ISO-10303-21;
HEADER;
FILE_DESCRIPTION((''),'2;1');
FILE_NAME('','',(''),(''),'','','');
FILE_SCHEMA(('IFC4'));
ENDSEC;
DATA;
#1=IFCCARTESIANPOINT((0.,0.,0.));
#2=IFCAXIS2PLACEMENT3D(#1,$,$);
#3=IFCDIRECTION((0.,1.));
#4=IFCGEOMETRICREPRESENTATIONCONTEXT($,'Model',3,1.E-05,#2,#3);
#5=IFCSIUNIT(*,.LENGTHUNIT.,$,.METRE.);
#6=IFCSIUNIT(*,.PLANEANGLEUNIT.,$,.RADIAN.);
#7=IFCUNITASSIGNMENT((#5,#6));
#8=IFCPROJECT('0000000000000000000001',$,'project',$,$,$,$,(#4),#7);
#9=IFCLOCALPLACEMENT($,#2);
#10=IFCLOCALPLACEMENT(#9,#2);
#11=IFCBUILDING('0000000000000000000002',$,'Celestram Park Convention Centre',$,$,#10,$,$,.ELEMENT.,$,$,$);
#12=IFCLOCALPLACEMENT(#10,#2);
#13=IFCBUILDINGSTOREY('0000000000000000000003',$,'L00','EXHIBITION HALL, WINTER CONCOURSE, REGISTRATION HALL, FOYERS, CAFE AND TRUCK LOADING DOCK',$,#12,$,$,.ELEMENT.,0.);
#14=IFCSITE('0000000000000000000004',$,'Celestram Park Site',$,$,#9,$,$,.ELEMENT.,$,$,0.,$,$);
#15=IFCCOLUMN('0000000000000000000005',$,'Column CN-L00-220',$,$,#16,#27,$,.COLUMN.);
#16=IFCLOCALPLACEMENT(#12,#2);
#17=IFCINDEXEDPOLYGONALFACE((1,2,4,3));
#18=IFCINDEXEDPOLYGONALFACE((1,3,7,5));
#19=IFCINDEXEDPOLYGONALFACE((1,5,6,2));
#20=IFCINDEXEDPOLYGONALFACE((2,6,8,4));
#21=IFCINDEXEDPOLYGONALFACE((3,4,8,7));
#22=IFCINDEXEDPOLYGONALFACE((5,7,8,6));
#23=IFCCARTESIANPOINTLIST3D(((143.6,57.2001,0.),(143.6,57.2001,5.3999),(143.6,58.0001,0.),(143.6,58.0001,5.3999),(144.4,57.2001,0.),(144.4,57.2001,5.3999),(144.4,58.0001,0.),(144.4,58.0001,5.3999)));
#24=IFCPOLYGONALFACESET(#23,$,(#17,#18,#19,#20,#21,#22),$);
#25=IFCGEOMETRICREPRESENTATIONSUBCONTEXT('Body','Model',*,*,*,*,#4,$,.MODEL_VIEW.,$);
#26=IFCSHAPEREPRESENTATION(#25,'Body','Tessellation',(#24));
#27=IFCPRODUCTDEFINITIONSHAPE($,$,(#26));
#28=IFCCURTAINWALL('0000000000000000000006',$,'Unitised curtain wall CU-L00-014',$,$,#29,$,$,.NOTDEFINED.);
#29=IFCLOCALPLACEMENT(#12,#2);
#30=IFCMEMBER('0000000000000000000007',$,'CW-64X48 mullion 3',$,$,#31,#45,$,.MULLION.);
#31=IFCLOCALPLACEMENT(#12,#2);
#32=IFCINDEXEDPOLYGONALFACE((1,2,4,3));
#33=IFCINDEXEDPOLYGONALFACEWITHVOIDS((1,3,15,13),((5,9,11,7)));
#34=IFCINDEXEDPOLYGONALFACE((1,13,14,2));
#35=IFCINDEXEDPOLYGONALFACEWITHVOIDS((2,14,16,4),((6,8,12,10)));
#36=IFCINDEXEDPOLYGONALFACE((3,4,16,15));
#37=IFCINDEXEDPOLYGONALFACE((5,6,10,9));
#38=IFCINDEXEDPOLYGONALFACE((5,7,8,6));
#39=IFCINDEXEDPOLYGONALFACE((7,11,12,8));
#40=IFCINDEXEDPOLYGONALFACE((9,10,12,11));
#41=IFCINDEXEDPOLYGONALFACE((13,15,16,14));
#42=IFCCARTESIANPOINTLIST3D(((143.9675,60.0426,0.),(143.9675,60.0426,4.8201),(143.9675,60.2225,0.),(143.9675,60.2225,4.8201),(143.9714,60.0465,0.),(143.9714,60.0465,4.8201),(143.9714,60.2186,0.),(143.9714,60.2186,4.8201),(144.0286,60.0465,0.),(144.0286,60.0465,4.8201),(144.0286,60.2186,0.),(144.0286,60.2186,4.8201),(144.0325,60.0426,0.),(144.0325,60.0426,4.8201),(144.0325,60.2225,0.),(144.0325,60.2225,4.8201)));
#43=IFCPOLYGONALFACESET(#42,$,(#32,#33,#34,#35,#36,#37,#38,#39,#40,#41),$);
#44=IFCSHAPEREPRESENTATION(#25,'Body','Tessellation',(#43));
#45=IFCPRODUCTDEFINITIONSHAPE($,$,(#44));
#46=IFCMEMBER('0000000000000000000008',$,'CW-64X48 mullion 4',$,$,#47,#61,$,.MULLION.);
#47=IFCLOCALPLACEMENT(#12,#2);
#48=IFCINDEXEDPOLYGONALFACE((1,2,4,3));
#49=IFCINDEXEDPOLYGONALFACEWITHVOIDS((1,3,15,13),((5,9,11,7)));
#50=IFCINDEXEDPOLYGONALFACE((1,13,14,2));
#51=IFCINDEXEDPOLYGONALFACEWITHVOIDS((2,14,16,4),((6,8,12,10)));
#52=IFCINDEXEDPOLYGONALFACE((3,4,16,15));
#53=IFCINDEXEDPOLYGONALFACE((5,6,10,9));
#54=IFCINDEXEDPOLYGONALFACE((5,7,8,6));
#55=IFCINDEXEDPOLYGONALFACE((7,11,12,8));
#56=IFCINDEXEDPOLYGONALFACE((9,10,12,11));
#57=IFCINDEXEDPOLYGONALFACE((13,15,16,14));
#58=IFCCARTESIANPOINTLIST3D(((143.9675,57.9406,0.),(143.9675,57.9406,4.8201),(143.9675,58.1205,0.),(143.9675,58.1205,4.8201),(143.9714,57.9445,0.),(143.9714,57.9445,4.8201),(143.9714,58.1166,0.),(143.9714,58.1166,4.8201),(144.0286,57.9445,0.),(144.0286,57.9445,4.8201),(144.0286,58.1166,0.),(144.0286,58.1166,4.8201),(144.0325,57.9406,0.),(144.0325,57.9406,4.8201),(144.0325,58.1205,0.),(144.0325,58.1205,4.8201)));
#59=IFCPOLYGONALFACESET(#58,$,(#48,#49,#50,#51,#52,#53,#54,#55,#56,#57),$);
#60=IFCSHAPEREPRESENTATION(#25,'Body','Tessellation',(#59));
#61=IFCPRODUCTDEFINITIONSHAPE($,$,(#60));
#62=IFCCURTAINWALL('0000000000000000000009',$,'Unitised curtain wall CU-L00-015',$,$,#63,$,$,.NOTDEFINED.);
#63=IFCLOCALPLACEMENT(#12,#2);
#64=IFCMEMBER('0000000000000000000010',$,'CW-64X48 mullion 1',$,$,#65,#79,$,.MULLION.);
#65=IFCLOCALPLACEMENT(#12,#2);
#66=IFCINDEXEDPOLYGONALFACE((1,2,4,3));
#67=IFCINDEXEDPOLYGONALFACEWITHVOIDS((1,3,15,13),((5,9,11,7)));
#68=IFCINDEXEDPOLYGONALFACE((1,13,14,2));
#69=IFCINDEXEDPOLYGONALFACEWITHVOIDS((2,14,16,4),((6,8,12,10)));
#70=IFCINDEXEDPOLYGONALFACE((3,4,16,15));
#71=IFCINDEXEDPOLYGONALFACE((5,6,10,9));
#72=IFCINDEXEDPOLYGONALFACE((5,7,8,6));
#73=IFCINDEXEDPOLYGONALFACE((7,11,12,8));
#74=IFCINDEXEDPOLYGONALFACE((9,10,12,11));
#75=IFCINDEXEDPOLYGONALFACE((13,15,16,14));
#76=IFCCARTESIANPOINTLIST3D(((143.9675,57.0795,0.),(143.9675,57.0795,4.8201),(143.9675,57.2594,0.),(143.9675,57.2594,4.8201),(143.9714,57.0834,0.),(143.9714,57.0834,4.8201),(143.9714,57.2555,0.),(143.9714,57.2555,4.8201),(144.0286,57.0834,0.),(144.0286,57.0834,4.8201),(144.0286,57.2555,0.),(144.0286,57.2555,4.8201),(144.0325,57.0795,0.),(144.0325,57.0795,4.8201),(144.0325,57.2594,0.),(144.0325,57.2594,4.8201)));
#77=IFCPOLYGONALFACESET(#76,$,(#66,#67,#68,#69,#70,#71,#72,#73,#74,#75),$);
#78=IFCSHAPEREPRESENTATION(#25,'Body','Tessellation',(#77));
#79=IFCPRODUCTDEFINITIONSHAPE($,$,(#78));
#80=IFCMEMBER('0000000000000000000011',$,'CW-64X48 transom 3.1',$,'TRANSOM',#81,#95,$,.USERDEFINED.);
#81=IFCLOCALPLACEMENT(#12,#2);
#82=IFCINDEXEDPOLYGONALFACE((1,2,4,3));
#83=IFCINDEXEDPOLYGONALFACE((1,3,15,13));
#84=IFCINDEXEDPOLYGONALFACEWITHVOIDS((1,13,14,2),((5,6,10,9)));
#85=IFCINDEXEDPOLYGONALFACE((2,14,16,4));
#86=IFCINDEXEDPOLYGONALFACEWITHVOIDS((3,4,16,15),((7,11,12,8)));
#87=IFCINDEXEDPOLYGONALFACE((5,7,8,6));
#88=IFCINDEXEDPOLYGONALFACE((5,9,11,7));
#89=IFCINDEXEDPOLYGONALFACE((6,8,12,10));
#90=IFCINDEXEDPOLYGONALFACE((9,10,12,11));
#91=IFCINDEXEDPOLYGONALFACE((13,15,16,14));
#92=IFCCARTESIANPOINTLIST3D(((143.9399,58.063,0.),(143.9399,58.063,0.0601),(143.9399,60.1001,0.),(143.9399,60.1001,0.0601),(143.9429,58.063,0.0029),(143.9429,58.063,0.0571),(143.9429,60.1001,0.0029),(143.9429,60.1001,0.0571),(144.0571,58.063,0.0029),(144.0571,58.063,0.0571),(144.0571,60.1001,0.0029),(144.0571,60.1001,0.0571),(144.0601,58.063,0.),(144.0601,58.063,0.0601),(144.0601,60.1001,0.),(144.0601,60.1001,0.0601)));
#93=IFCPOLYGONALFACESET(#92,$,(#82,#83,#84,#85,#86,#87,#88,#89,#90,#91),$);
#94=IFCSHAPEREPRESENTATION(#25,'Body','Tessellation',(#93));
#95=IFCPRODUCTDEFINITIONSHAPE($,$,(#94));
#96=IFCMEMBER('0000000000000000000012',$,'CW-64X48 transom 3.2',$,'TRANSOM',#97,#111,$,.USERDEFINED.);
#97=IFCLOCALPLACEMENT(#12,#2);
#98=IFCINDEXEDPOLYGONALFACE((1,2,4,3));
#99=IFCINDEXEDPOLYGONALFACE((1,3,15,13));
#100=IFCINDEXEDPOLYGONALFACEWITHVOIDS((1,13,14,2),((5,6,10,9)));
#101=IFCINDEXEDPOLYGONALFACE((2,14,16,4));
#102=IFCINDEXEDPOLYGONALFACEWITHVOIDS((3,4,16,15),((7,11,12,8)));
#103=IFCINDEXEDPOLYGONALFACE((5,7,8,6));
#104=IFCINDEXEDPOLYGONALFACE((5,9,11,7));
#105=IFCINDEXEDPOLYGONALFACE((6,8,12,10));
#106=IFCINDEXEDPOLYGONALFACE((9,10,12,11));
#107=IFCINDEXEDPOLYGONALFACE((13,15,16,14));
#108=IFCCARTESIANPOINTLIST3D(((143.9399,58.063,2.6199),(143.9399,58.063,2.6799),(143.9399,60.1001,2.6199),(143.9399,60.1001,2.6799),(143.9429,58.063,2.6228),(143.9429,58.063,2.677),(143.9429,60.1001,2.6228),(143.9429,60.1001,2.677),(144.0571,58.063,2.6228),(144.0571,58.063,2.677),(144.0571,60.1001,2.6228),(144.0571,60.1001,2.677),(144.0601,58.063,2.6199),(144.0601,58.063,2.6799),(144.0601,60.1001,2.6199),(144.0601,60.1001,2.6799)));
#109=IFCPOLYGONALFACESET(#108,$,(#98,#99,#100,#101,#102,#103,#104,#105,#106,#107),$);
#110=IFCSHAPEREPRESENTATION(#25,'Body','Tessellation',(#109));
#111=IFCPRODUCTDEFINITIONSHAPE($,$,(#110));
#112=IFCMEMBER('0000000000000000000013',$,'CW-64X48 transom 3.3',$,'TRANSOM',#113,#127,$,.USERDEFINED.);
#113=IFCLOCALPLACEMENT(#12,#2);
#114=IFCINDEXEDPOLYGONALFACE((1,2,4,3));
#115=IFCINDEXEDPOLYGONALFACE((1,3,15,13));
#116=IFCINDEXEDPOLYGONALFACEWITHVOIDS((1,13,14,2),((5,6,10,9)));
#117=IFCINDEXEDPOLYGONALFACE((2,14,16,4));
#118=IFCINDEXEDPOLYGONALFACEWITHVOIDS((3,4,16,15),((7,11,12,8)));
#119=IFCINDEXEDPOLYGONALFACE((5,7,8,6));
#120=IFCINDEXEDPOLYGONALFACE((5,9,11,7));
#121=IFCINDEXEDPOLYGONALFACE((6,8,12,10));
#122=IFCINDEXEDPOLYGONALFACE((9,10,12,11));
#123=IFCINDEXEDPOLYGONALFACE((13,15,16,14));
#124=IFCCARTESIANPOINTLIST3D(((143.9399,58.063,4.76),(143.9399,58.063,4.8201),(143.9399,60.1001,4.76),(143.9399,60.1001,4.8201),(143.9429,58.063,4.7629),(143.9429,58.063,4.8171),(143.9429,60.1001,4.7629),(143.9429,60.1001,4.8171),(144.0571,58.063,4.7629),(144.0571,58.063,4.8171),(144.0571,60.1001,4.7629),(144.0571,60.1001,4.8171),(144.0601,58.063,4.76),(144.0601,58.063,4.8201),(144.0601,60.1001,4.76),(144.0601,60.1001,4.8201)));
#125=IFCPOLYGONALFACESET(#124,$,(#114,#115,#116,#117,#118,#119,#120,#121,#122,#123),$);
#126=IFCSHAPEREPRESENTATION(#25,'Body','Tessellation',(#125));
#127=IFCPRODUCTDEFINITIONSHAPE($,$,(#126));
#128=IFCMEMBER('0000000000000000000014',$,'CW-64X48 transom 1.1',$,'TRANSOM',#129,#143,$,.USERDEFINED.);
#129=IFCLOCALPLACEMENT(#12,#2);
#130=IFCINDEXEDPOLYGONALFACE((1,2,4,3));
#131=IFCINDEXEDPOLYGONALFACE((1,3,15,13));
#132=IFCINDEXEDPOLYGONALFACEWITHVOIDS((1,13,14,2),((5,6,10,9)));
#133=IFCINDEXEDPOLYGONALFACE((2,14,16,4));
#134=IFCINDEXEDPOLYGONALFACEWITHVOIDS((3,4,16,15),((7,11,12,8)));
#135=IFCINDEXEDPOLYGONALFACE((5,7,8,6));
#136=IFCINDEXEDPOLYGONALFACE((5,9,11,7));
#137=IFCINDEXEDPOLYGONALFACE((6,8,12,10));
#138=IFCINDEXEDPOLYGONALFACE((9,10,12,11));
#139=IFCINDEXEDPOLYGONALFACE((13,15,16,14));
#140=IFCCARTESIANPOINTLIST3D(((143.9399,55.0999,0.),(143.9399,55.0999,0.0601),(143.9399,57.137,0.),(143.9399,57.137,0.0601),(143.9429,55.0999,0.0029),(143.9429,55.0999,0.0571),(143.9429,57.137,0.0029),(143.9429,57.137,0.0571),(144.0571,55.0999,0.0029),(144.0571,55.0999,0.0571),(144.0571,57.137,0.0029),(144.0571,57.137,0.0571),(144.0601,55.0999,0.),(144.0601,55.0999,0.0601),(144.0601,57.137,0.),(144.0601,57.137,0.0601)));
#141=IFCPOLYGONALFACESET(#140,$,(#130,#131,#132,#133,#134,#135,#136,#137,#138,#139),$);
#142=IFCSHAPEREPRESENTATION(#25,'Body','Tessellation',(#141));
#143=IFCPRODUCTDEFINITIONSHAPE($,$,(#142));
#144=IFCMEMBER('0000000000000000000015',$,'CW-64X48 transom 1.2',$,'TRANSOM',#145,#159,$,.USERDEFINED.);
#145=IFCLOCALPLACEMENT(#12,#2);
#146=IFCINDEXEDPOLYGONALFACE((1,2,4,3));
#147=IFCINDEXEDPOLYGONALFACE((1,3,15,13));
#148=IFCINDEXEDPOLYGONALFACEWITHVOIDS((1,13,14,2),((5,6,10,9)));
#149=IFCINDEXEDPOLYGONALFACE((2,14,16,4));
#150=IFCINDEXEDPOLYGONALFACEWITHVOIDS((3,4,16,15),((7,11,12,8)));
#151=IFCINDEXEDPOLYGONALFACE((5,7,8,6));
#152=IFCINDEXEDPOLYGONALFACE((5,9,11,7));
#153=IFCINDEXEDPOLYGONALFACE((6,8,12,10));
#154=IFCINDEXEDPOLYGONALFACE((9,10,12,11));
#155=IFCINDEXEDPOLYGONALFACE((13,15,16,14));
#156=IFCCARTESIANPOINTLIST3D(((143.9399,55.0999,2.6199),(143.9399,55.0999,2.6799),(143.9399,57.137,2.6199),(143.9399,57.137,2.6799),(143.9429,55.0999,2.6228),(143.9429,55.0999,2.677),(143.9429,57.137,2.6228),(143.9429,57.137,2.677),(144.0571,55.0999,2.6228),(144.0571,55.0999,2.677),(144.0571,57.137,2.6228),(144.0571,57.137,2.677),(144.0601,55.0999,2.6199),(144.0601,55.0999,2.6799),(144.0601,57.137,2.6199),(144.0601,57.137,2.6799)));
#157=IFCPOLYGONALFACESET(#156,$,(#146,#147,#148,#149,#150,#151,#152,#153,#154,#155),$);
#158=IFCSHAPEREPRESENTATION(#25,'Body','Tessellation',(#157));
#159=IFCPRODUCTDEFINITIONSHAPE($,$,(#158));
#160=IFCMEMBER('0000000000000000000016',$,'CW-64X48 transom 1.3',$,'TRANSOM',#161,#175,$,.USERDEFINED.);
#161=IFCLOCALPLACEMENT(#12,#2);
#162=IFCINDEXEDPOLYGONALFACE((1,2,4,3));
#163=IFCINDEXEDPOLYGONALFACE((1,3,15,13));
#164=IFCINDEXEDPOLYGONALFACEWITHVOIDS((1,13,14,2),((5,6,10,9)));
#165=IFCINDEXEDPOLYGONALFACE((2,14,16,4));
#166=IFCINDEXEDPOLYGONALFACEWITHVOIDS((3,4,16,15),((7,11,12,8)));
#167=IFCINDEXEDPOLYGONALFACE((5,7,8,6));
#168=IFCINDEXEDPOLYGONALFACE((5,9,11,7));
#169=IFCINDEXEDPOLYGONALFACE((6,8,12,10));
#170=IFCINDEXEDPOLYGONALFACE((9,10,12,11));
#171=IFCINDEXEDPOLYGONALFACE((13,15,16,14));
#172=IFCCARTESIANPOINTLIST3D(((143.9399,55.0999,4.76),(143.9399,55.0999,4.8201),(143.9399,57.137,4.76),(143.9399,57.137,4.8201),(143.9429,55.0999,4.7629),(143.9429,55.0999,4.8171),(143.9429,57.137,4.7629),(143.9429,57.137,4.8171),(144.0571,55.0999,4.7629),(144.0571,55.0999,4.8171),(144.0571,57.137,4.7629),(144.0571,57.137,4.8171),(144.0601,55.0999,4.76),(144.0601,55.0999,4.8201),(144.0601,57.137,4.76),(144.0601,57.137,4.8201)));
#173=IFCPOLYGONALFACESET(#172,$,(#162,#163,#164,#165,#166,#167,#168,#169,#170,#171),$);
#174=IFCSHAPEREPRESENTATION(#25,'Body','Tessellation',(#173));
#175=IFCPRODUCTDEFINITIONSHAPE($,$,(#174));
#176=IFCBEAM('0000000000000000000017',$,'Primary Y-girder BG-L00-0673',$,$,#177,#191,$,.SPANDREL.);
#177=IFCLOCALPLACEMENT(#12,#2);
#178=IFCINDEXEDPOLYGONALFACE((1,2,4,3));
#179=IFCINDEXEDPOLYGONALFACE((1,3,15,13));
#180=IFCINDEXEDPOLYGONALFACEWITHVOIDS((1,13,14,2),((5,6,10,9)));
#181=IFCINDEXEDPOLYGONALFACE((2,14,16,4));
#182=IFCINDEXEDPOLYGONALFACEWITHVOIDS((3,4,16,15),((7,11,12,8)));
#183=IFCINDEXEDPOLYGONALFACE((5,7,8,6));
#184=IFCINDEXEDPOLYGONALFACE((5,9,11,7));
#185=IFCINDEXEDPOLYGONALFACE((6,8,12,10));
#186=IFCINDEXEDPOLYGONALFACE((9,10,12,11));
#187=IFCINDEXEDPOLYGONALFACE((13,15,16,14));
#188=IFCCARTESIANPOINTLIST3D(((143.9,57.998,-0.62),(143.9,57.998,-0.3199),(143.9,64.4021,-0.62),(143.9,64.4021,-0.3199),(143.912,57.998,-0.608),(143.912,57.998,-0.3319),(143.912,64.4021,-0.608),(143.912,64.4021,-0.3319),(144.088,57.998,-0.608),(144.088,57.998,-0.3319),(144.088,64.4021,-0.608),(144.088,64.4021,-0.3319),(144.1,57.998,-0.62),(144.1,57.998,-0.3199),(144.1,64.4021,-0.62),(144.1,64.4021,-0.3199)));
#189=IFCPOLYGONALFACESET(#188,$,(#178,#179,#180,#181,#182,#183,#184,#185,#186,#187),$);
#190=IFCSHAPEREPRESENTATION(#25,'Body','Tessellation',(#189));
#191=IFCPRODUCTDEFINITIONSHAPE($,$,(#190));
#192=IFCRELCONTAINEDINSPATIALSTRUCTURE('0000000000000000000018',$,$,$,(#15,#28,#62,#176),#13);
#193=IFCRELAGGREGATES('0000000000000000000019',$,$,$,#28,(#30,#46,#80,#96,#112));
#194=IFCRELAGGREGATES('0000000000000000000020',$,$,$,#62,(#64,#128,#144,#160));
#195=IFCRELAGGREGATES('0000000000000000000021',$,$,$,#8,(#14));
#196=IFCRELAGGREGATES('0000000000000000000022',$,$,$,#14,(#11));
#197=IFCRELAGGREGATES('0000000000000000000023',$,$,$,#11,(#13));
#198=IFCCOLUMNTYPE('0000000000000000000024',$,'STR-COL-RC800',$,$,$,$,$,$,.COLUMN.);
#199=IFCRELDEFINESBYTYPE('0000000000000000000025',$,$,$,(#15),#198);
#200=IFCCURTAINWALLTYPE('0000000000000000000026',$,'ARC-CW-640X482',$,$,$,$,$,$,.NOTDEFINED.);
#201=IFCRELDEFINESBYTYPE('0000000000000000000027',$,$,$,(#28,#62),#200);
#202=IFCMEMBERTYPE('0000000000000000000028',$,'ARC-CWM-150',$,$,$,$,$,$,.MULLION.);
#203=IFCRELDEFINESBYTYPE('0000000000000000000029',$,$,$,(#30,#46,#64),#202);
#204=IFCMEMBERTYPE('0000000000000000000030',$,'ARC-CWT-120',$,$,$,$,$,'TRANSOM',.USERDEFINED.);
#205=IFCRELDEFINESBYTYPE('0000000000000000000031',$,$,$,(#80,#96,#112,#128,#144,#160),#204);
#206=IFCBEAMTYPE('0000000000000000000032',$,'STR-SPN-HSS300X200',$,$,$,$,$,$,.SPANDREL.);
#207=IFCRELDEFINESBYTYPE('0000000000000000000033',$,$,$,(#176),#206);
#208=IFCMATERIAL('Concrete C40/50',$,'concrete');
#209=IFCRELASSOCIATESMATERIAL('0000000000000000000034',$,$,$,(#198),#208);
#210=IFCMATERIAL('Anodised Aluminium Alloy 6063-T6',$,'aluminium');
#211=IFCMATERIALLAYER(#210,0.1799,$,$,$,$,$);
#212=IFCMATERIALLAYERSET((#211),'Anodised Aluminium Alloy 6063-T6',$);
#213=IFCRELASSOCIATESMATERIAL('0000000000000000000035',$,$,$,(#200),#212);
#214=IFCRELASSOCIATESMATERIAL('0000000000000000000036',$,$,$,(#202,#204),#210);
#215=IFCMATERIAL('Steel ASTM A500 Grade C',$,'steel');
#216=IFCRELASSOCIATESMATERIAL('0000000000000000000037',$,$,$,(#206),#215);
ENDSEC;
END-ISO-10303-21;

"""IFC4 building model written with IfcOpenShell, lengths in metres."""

from ifc_helpers import new_model, si_unit, direction, frame, origin, origin_2d, place, context, subcontext, project, spatial, rectangle, hollow_rectangle, extrude, material, layer, layer_set, material_profile, profile_set, type_object, element, aggregate, save


model = new_model("IFC4")

# Units and contexts
model_context = context("Model", 3, precision=1e-05, world=origin(), true_north=direction((0.0, 1.0)))
body_context = subcontext(model_context, "Body", "Model", "MODEL_VIEW")
ifc_project = project(units=[si_unit("LENGTHUNIT", "METRE"), si_unit("PLANEANGLEUNIT", "RADIAN")], contexts=[model_context])

# Site, building, storey
site_placement = place(None, origin())
site = spatial("IfcSite", under=ifc_project, at=site_placement, Name="Celestram Park Site", CompositionType="ELEMENT", RefElevation=0.0)
building_placement = place(site_placement, origin())
building = spatial("IfcBuilding", under=site, at=building_placement, Name="Celestram Park Convention Centre", CompositionType="ELEMENT")
storey_placement = place(building_placement, origin())
storey = spatial("IfcBuildingStorey", under=building, at=storey_placement, Name="L00", Description="EXHIBITION HALL, WINTER CONCOURSE, REGISTRATION HALL, FOYERS, CAFE AND TRUCK LOADING DOCK", CompositionType="ELEMENT", Elevation=0.0)

# Column
ifc_material_1 = material(Name="Concrete C40/50", Category="concrete")
ifc_material_profile_1 = material_profile(ifc_material_1, rectangle(XDim=0.8, YDim=0.8, at=origin_2d()), Name="RC800X800")
ifc_profile_set_1 = profile_set([ifc_material_profile_1], Name="Concrete C40/50")
column_type = type_object("IfcColumnType", Name="STR-COL-RC800", PredefinedType="COLUMN", material=ifc_profile_set_1)
column_placement = place(storey_placement, frame((144.0, 57.6001, 0.0), z_axis=(0.0, 0.0, 1.0), x_axis=(1.0, 0.0, 0.0)))
element("IfcColumn", 1, at=column_placement, inside=storey, type_object=column_type, Name="Column CN-L00-220", PredefinedType="COLUMN", context=body_context, shape_type="SweptSolid", body=[
    extrude(rectangle(XDim=0.8, YDim=0.8, at=origin_2d()), origin(), (0.0, 0.0, 1.0), 5.3999),
])

# Curtain wall, members
ifc_material_2 = material(Name="Anodised Aluminium Alloy 6063-T6", Category="aluminium")
ifc_layer_1 = layer(ifc_material_2, 0.1799)
ifc_layer_set_1 = layer_set([ifc_layer_1], Name="Anodised Aluminium Alloy 6063-T6")
curtain_wall_type = type_object("IfcCurtainWallType", Name="ARC-CW-640X482", PredefinedType="NOTDEFINED", material=ifc_layer_set_1)
curtain_wall_1_placement = place(storey_placement, origin())
curtain_wall_1 = element("IfcCurtainWall", 2, at=curtain_wall_1_placement, inside=storey, type_object=curtain_wall_type, Name="Unitised curtain wall CU-L00-014", PredefinedType="NOTDEFINED")
ifc_material_profile_2 = material_profile(ifc_material_2, hollow_rectangle(XDim=0.0649, YDim=0.1799, WallThickness=0.0039, at=origin_2d()), Name="ALU65X180X4")
ifc_profile_set_2 = profile_set([ifc_material_profile_2], Name="Anodised Aluminium Alloy 6063-T6")
member_type_1 = type_object("IfcMemberType", Name="ARC-CWM-150", PredefinedType="MULLION", material=ifc_profile_set_2)
member_1_placement = place(storey_placement, frame((144.0, 60.1326, 0.0), z_axis=(0.0, 0.0, 1.0), x_axis=(1.0, 0.0, 0.0)))
member_1 = element("IfcMember", 3, at=member_1_placement, type_object=member_type_1, Name="CW-64X48 mullion 3", PredefinedType="MULLION", context=body_context, shape_type="SweptSolid", body=[
    extrude(hollow_rectangle(XDim=0.0649, YDim=0.1799, WallThickness=0.0039, at=origin_2d()), origin(), (0.0, 0.0, 1.0), 4.8201),
])
member_2_placement = place(storey_placement, frame((144.0, 58.0305, 0.0), z_axis=(0.0, 0.0, 1.0), x_axis=(1.0, 0.0, 0.0)))
member_2 = element("IfcMember", 4, at=member_2_placement, type_object=member_type_1, Name="CW-64X48 mullion 4", PredefinedType="MULLION", context=body_context, shape_type="SweptSolid", body=[
    extrude(hollow_rectangle(XDim=0.0649, YDim=0.1799, WallThickness=0.0039, at=origin_2d()), origin(), (0.0, 0.0, 1.0), 4.8201),
])

# Curtain wall, member
curtain_wall_2_placement = place(storey_placement, origin())
curtain_wall_2 = element("IfcCurtainWall", 5, at=curtain_wall_2_placement, inside=storey, type_object=curtain_wall_type, Name="Unitised curtain wall CU-L00-015", PredefinedType="NOTDEFINED")
member_3_placement = place(storey_placement, frame((144.0, 57.1694, 0.0), z_axis=(0.0, 0.0, 1.0), x_axis=(1.0, 0.0, 0.0)))
member_3 = element("IfcMember", 6, at=member_3_placement, type_object=member_type_1, Name="CW-64X48 mullion 1", PredefinedType="MULLION", context=body_context, shape_type="SweptSolid", body=[
    extrude(hollow_rectangle(XDim=0.0649, YDim=0.1799, WallThickness=0.0039, at=origin_2d()), origin(), (0.0, 0.0, 1.0), 4.8201),
])

# Members
ifc_material_profile_3 = material_profile(ifc_material_2, hollow_rectangle(XDim=0.1201, YDim=0.0601, WallThickness=0.0029, at=origin_2d()), Name="ALU120X60X3")
ifc_profile_set_3 = profile_set([ifc_material_profile_3], Name="Anodised Aluminium Alloy 6063-T6")
member_type_2 = type_object("IfcMemberType", Name="ARC-CWT-120", ElementType="TRANSOM", PredefinedType="USERDEFINED", material=ifc_profile_set_3)
member_4_placement = place(storey_placement, frame((144.0, 60.1001, 0.03), z_axis=(0.0, -1.0, 0.0), x_axis=(1.0, 0.0, 0.0)))
member_4 = element("IfcMember", 7, at=member_4_placement, type_object=member_type_2, Name="CW-64X48 transom 3.1", ObjectType="TRANSOM", PredefinedType="USERDEFINED", context=body_context, shape_type="SweptSolid", body=[
    extrude(hollow_rectangle(XDim=0.1201, YDim=0.0601, WallThickness=0.0029, at=origin_2d()), origin(), (0.0, 0.0, 1.0), 2.0371),
])
member_5_placement = place(storey_placement, frame((144.0, 60.1001, 2.6499), z_axis=(0.0, -1.0, 0.0), x_axis=(1.0, 0.0, 0.0)))
member_5 = element("IfcMember", 8, at=member_5_placement, type_object=member_type_2, Name="CW-64X48 transom 3.2", ObjectType="TRANSOM", PredefinedType="USERDEFINED", context=body_context, shape_type="SweptSolid", body=[
    extrude(hollow_rectangle(XDim=0.1201, YDim=0.0601, WallThickness=0.0029, at=origin_2d()), origin(), (0.0, 0.0, 1.0), 2.0371),
])
member_6_placement = place(storey_placement, frame((144.0, 60.1001, 4.79), z_axis=(0.0, -1.0, 0.0), x_axis=(1.0, 0.0, 0.0)))
member_6 = element("IfcMember", 9, at=member_6_placement, type_object=member_type_2, Name="CW-64X48 transom 3.3", ObjectType="TRANSOM", PredefinedType="USERDEFINED", context=body_context, shape_type="SweptSolid", body=[
    extrude(hollow_rectangle(XDim=0.1201, YDim=0.0601, WallThickness=0.0029, at=origin_2d()), origin(), (0.0, 0.0, 1.0), 2.0371),
])
member_7_placement = place(storey_placement, frame((144.0, 57.137, 0.03), z_axis=(0.0, -1.0, 0.0), x_axis=(1.0, 0.0, 0.0)))
member_7 = element("IfcMember", 10, at=member_7_placement, type_object=member_type_2, Name="CW-64X48 transom 1.1", ObjectType="TRANSOM", PredefinedType="USERDEFINED", context=body_context, shape_type="SweptSolid", body=[
    extrude(hollow_rectangle(XDim=0.1201, YDim=0.0601, WallThickness=0.0029, at=origin_2d()), origin(), (0.0, 0.0, 1.0), 2.0371),
])
member_8_placement = place(storey_placement, frame((144.0, 57.137, 2.6499), z_axis=(0.0, -1.0, 0.0), x_axis=(1.0, 0.0, 0.0)))
member_8 = element("IfcMember", 11, at=member_8_placement, type_object=member_type_2, Name="CW-64X48 transom 1.2", ObjectType="TRANSOM", PredefinedType="USERDEFINED", context=body_context, shape_type="SweptSolid", body=[
    extrude(hollow_rectangle(XDim=0.1201, YDim=0.0601, WallThickness=0.0029, at=origin_2d()), origin(), (0.0, 0.0, 1.0), 2.0371),
])
member_9_placement = place(storey_placement, frame((144.0, 57.137, 4.79), z_axis=(0.0, -1.0, 0.0), x_axis=(1.0, 0.0, 0.0)))
member_9 = element("IfcMember", 12, at=member_9_placement, type_object=member_type_2, Name="CW-64X48 transom 1.3", ObjectType="TRANSOM", PredefinedType="USERDEFINED", context=body_context, shape_type="SweptSolid", body=[
    extrude(hollow_rectangle(XDim=0.1201, YDim=0.0601, WallThickness=0.0029, at=origin_2d()), origin(), (0.0, 0.0, 1.0), 2.0371),
])

# Beam
ifc_material_3 = material(Name="Steel ASTM A500 Grade C", Category="steel")
ifc_material_profile_4 = material_profile(ifc_material_3, hollow_rectangle(XDim=0.2, YDim=0.3, WallThickness=0.012, at=origin_2d()), Name="HSS300X200X12")
ifc_profile_set_4 = profile_set([ifc_material_profile_4], Name="Steel ASTM A500 Grade C")
beam_type = type_object("IfcBeamType", Name="STR-SPN-HSS300X200", PredefinedType="SPANDREL", material=ifc_profile_set_4)
beam_placement = place(storey_placement, frame((144.0, 57.998, -0.47), z_axis=(0.0, 1.0, 0.0), x_axis=(-1.0, 0.0, 0.0)))
element("IfcBeam", 13, at=beam_placement, inside=storey, type_object=beam_type, Name="Primary Y-girder BG-L00-0673", PredefinedType="SPANDREL", context=body_context, shape_type="SweptSolid", body=[
    extrude(hollow_rectangle(XDim=0.2, YDim=0.3, WallThickness=0.012, at=origin_2d()), origin(), (0.0, 0.0, 1.0), 6.4041),
])

aggregate(curtain_wall_1, [member_1, member_2, member_4, member_5, member_6])
aggregate(curtain_wall_2, [member_3, member_7, member_8, member_9])

save(model, "model.ifc")
